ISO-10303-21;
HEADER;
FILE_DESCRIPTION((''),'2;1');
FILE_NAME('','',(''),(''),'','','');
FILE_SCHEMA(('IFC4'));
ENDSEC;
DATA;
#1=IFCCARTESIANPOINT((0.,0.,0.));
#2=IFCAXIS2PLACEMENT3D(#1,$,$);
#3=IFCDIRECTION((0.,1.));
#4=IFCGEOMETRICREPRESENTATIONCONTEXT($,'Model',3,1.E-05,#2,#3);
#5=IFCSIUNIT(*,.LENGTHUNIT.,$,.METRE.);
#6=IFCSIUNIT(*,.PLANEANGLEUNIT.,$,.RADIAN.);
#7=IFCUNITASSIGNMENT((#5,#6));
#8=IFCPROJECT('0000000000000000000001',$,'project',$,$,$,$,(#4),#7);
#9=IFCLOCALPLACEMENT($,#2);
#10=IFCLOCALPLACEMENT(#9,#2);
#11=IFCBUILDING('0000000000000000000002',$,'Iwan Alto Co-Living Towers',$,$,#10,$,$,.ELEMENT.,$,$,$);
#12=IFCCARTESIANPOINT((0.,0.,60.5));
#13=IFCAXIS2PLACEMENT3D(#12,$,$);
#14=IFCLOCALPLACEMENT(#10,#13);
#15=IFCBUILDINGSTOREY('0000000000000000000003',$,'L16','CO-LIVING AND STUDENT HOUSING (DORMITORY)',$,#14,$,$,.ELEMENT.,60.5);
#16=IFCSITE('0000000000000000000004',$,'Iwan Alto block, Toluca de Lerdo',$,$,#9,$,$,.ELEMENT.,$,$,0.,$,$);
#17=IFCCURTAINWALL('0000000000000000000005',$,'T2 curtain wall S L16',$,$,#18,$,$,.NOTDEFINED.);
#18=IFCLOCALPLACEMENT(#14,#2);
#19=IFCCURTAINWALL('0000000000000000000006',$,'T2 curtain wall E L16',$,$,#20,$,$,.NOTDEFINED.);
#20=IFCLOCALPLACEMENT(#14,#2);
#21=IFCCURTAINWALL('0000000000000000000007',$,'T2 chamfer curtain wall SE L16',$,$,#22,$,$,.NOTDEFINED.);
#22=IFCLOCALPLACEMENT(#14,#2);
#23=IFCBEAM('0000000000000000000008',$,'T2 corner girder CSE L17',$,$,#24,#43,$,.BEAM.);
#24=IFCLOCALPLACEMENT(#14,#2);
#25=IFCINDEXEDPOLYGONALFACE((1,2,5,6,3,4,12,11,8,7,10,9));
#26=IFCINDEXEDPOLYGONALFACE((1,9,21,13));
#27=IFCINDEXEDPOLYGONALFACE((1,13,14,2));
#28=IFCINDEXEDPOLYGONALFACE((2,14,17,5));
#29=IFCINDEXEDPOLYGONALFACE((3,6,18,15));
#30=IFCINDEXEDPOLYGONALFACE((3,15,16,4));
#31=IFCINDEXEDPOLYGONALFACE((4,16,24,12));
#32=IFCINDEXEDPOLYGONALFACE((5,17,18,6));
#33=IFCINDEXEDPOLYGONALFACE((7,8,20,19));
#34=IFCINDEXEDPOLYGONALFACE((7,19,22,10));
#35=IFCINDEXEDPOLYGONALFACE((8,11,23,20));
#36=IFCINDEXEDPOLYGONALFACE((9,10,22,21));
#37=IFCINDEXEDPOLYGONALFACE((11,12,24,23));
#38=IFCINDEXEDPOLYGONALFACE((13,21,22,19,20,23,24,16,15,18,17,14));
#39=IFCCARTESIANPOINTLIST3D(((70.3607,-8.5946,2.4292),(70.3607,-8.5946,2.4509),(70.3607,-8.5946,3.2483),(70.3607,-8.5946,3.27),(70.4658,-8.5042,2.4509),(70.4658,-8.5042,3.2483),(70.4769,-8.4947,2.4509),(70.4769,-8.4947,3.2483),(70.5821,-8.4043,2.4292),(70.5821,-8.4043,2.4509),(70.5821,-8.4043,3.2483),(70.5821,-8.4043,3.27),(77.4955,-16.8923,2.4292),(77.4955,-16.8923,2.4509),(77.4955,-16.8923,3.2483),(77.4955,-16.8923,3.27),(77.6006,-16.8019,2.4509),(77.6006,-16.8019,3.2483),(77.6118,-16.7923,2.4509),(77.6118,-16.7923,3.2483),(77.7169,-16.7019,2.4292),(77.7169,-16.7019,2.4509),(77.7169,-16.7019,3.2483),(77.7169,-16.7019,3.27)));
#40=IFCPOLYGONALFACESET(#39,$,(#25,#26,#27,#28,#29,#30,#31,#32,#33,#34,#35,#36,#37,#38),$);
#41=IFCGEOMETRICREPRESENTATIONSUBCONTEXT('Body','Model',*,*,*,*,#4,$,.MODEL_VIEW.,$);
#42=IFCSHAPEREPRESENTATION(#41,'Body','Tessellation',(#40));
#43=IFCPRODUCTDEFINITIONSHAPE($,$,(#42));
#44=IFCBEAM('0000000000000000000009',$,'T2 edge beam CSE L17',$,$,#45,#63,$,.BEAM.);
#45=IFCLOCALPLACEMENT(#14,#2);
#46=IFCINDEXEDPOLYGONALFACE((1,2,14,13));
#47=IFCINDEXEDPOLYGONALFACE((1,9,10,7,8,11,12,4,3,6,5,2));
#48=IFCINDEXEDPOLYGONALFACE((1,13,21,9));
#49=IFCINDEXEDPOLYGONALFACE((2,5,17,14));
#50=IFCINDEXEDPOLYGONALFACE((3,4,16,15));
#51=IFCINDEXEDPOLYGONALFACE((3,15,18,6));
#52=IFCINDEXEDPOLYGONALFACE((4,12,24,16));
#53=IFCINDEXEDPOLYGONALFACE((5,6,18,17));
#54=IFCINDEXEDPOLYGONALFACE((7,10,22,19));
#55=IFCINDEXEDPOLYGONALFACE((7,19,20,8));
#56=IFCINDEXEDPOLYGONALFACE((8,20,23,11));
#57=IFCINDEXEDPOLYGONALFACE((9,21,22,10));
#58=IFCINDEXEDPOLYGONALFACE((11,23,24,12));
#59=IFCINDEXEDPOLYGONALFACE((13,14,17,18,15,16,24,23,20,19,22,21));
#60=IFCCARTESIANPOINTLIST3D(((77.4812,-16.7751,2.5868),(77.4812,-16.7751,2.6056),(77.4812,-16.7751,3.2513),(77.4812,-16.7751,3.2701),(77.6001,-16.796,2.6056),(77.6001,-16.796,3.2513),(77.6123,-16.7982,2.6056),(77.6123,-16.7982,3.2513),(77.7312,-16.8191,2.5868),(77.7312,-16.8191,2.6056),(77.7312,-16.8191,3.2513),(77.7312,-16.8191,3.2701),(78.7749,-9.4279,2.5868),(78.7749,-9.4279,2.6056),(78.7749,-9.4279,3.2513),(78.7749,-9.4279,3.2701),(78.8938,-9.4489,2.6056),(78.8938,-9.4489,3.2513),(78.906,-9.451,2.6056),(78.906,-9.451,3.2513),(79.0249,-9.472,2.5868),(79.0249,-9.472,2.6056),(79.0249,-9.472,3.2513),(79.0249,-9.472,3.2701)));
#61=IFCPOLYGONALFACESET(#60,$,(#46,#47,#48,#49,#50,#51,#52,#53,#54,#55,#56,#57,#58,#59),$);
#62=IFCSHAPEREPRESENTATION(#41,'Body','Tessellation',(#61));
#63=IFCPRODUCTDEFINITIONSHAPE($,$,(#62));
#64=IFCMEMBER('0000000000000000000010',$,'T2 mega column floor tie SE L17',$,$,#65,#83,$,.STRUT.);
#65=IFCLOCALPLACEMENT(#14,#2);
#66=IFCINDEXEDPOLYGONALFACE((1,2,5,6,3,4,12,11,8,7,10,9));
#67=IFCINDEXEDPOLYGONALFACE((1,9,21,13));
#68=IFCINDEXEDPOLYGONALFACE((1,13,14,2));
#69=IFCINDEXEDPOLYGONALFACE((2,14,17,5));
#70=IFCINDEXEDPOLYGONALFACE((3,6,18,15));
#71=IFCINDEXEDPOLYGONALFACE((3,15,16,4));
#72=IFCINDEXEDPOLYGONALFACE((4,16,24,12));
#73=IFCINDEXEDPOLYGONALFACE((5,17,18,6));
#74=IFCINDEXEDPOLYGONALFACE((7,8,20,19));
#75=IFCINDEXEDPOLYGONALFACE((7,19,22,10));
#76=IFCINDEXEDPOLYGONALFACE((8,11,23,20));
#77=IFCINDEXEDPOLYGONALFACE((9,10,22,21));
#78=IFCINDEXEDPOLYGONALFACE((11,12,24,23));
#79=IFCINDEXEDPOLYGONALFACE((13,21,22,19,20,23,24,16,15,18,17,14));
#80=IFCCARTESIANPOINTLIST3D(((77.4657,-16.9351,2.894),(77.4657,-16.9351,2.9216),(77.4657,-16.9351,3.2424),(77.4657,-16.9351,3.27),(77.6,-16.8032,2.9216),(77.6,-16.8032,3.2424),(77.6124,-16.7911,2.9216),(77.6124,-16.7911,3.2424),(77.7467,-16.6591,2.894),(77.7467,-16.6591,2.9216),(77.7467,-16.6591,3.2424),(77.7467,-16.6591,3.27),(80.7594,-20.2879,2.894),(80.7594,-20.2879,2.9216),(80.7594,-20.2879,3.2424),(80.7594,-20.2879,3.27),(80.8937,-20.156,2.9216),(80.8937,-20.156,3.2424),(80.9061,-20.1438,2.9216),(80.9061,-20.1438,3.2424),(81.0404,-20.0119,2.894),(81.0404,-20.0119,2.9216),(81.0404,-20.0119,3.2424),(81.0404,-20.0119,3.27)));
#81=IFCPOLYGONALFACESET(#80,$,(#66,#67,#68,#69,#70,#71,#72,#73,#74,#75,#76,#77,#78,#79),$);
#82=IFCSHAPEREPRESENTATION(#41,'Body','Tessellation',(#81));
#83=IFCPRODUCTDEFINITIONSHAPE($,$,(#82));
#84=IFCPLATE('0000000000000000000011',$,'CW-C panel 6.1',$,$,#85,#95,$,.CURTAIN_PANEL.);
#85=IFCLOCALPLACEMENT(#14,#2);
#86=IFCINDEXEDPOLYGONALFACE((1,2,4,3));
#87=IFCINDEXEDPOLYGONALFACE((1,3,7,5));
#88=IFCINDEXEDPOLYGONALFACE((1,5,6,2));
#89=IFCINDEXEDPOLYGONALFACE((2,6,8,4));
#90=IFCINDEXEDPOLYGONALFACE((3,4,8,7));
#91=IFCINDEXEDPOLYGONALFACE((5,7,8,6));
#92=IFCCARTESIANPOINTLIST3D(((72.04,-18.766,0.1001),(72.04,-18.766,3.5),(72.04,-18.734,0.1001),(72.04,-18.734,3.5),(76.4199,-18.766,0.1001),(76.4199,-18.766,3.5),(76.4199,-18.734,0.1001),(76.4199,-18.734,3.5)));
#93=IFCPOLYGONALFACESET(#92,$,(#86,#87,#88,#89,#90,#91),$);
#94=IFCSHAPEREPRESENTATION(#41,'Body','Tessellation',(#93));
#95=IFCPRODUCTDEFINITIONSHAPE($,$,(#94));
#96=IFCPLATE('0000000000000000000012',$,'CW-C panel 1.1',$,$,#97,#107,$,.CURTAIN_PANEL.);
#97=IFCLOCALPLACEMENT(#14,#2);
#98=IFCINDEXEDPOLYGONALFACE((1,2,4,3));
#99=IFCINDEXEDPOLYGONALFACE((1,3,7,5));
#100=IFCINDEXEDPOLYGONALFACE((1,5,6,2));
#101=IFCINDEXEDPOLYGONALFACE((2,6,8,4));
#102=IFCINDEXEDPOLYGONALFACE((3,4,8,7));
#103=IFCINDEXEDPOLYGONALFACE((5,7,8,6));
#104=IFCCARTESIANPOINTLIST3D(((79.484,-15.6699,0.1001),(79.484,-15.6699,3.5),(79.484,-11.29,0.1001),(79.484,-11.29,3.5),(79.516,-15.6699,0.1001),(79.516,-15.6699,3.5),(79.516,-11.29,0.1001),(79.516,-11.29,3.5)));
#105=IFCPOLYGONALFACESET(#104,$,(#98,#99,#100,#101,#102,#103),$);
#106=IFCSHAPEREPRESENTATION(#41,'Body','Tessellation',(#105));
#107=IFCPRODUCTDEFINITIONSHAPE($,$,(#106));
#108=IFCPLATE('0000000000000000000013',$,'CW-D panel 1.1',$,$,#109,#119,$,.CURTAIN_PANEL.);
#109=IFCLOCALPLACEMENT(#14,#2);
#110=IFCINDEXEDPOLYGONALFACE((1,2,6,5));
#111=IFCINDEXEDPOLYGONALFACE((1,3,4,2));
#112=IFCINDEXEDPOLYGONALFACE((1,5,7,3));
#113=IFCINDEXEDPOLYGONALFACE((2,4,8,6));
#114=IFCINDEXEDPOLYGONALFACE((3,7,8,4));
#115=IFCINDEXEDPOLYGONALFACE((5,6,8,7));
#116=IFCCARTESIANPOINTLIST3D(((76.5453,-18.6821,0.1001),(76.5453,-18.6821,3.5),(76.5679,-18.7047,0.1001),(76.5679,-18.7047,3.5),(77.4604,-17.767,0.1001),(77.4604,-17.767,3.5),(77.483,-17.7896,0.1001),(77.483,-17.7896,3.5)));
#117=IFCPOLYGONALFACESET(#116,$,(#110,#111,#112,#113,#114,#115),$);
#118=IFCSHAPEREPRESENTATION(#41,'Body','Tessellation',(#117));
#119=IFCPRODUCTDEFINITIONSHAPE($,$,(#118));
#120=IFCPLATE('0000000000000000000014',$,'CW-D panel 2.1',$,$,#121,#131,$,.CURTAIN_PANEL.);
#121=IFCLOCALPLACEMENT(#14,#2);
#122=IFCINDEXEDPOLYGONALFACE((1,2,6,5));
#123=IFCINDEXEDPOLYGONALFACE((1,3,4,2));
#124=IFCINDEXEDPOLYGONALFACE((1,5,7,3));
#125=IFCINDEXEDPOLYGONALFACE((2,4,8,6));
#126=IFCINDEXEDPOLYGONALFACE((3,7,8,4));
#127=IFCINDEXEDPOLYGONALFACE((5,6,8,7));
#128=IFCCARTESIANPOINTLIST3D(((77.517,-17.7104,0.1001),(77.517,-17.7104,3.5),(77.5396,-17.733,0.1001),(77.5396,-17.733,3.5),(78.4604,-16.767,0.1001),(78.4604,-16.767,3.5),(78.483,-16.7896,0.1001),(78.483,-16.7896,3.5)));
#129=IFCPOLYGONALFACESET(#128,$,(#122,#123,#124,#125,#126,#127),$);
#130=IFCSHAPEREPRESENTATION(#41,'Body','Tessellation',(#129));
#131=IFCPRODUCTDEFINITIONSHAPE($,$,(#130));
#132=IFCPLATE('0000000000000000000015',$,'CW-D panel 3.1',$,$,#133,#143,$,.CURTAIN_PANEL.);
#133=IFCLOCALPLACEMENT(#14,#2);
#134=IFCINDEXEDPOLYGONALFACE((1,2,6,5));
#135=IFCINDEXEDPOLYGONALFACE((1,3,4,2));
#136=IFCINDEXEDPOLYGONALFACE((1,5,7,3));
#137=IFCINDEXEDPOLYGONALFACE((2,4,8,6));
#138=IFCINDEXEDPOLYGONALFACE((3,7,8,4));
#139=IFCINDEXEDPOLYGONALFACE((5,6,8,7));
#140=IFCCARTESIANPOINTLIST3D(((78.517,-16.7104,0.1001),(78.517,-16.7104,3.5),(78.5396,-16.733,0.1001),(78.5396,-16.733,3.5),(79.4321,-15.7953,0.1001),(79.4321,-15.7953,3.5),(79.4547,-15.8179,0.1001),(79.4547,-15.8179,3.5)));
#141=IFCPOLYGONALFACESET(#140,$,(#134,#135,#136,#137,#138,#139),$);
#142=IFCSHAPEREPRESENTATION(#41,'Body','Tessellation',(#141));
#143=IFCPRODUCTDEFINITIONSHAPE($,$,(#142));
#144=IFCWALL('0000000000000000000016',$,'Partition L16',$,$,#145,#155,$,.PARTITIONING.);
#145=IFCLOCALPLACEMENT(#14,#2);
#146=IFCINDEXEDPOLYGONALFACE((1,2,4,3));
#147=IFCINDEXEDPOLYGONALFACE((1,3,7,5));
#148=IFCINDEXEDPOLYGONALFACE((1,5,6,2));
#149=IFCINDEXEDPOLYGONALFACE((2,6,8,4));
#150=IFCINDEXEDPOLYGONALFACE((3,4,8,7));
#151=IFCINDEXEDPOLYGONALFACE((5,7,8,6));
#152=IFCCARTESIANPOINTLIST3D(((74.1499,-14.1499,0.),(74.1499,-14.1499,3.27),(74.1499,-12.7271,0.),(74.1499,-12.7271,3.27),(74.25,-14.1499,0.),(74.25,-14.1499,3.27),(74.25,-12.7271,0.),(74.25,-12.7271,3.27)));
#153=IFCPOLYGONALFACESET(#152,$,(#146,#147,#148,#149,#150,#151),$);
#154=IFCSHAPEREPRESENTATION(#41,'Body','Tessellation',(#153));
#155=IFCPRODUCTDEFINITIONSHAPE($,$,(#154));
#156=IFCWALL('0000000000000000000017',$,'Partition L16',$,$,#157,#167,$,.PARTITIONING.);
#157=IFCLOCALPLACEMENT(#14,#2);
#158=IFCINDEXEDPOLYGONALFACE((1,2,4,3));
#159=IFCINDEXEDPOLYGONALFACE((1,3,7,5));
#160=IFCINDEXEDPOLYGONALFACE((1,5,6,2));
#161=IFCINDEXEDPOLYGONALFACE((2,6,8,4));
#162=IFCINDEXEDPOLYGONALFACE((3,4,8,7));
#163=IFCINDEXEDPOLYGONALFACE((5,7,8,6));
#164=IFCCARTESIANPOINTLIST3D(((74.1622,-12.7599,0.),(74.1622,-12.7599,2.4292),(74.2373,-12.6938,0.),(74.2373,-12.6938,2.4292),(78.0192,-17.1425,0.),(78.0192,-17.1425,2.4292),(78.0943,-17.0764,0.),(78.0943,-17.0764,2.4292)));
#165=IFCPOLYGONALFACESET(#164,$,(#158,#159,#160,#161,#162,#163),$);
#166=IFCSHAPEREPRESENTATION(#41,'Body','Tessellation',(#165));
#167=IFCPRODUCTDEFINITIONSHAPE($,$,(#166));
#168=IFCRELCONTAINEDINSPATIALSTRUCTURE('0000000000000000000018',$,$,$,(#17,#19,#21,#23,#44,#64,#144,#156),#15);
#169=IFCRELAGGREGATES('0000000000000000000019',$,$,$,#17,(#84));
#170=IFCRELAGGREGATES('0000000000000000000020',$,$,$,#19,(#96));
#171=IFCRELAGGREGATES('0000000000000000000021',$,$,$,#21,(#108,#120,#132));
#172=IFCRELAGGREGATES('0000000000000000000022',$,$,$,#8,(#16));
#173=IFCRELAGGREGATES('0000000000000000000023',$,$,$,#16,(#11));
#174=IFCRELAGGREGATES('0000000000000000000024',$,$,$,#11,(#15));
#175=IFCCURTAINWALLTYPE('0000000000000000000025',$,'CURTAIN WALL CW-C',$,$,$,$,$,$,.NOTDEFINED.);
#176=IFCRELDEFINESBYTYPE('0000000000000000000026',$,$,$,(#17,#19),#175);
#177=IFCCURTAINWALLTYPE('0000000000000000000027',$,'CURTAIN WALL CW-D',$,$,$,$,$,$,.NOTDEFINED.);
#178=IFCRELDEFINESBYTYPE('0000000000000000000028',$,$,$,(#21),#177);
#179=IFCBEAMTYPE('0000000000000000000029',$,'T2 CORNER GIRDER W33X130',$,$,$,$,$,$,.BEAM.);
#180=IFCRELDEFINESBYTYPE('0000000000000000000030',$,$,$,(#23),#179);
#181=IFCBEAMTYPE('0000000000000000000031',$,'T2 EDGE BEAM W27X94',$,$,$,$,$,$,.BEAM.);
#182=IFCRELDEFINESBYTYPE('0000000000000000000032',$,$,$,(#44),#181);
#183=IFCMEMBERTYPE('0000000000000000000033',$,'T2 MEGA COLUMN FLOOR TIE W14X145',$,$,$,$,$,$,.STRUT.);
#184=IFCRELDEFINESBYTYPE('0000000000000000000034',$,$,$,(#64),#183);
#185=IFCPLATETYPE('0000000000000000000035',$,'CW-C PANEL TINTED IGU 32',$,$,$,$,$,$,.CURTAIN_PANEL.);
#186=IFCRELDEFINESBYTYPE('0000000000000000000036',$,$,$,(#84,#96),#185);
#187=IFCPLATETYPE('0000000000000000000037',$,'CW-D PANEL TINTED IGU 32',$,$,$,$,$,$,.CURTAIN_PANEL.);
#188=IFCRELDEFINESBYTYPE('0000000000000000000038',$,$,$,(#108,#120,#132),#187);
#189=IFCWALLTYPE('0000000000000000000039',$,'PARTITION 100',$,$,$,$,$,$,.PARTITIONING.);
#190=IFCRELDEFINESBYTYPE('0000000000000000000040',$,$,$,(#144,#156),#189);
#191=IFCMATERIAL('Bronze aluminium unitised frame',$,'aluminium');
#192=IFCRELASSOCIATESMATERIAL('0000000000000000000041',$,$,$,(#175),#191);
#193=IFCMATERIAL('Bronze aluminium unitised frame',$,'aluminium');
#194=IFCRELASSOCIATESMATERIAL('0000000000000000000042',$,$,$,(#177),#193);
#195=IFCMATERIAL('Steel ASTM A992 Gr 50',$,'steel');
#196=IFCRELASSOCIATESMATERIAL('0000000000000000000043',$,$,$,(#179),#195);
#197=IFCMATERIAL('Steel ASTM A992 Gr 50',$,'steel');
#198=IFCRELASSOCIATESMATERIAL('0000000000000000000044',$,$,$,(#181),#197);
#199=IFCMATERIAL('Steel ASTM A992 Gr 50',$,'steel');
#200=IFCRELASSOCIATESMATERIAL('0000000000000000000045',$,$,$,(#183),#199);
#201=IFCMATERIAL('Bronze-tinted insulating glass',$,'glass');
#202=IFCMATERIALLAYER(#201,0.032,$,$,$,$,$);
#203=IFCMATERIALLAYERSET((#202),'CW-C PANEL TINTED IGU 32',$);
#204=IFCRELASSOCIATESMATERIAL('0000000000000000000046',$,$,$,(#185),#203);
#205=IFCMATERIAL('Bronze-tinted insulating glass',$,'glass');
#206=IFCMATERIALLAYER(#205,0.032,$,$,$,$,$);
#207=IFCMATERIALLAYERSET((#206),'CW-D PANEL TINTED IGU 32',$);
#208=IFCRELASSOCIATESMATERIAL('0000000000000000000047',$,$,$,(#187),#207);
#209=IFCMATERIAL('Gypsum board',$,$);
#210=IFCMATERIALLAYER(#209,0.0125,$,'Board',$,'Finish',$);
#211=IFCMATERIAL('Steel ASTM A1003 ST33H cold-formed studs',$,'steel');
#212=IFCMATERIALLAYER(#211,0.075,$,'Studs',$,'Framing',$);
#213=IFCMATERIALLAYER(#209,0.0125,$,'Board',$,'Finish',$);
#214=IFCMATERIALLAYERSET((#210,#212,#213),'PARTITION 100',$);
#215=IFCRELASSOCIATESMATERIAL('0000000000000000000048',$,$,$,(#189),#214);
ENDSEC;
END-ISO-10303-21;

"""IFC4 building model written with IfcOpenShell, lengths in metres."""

from ifc_helpers import new_model, si_unit, direction, frame, frame_2d, origin, origin_2d, place, context, subcontext, project, spatial, rectangle, i_section, extrude, material, layer, layer_set, material_profile, profile_set, type_object, element, aggregate, save


model = new_model("IFC4")

# Units and contexts
model_context = context("Model", 3, precision=1e-05, world=origin(), true_north=direction((0.0, 1.0)))
body_context = subcontext(model_context, "Body", "Model", "MODEL_VIEW")
ifc_project = project(units=[si_unit("LENGTHUNIT", "METRE"), si_unit("PLANEANGLEUNIT", "RADIAN")], contexts=[model_context])

# Site, building, storey
site_placement = place(None, origin())
site = spatial("IfcSite", under=ifc_project, at=site_placement, Name="Iwan Alto block, Toluca de Lerdo", CompositionType="ELEMENT", RefElevation=0.0)
building_placement = place(site_placement, origin())
building = spatial("IfcBuilding", under=site, at=building_placement, Name="Iwan Alto Co-Living Towers", CompositionType="ELEMENT")
storey_placement = place(building_placement, frame((0.0, 0.0, 60.5)))
storey = spatial("IfcBuildingStorey", under=building, at=storey_placement, Name="L16", Description="CO-LIVING AND STUDENT HOUSING (DORMITORY)", CompositionType="ELEMENT", Elevation=60.5)

# Curtain wall
ifc_material_1 = material(Name="Bronze aluminium unitised frame", Category="aluminium")
curtain_wall_type_1 = type_object("IfcCurtainWallType", Name="CURTAIN WALL CW-C", PredefinedType="NOTDEFINED", material=ifc_material_1)
curtain_wall_1_placement = place(storey_placement, origin())
curtain_wall_1 = element("IfcCurtainWall", 1, at=curtain_wall_1_placement, inside=storey, type_object=curtain_wall_type_1, Name="T2 curtain wall S L16", PredefinedType="NOTDEFINED")

# Curtain walls
curtain_wall_2_placement = place(storey_placement, origin())
curtain_wall_2 = element("IfcCurtainWall", 2, at=curtain_wall_2_placement, inside=storey, type_object=curtain_wall_type_1, Name="T2 curtain wall E L16", PredefinedType="NOTDEFINED")
ifc_material_2 = material(Name="Bronze aluminium unitised frame", Category="aluminium")
curtain_wall_type_2 = type_object("IfcCurtainWallType", Name="CURTAIN WALL CW-D", PredefinedType="NOTDEFINED", material=ifc_material_2)
curtain_wall_3_placement = place(storey_placement, origin())
curtain_wall_3 = element("IfcCurtainWall", 3, at=curtain_wall_3_placement, inside=storey, type_object=curtain_wall_type_2, Name="T2 chamfer curtain wall SE L16", PredefinedType="NOTDEFINED")

# Beams
ifc_material_3 = material(Name="Steel ASTM A992 Gr 50", Category="steel")
ifc_material_profile_1 = material_profile(ifc_material_3, i_section(OverallWidth=0.292, OverallDepth=0.8408, WebThickness=0.0146, FlangeThickness=0.0217, at=origin_2d()), Name="W33X130")
ifc_profile_set_1 = profile_set([ifc_material_profile_1], Name="Steel ASTM A992 Gr 50")
beam_type_1 = type_object("IfcBeamType", Name="T2 CORNER GIRDER W33X130", PredefinedType="BEAM", material=ifc_profile_set_1)
beam_1_placement = place(storey_placement, frame((77.6062, -16.7971, 2.8496), z_axis=(-0.651977, 0.758238, 0.0), x_axis=(-0.758238, -0.651977, 0.0)))
element("IfcBeam", 4, at=beam_1_placement, inside=storey, type_object=beam_type_1, Name="T2 corner girder CSE L17", PredefinedType="BEAM", context=body_context, shape_type="SweptSolid", body=[
    extrude(i_section(OverallWidth=0.292, OverallDepth=0.8408, WebThickness=0.0146, FlangeThickness=0.0217, at=origin_2d()), origin(), (0.0, 0.0, 1.0), 10.9434),
])
ifc_material_4 = material(Name="Steel ASTM A992 Gr 50", Category="steel")
ifc_material_profile_2 = material_profile(ifc_material_4, i_section(OverallWidth=0.2539, OverallDepth=0.6833, WebThickness=0.0125, FlangeThickness=0.0188, at=origin_2d()), Name="W27X94")
ifc_profile_set_2 = profile_set([ifc_material_profile_2], Name="Steel ASTM A992 Gr 50")
beam_type_2 = type_object("IfcBeamType", Name="T2 EDGE BEAM W27X94", PredefinedType="BEAM", material=ifc_profile_set_2)
beam_2_placement = place(storey_placement, frame((77.6062, -16.7971, 2.9285), z_axis=(0.173414, 0.984849, 0.0), x_axis=(-0.984849, 0.173414, 0.0)))
element("IfcBeam", 5, at=beam_2_placement, inside=storey, type_object=beam_type_2, Name="T2 edge beam CSE L17", PredefinedType="BEAM", context=body_context, shape_type="SweptSolid", body=[
    extrude(i_section(OverallWidth=0.2539, OverallDepth=0.6833, WebThickness=0.0125, FlangeThickness=0.0188, at=origin_2d()), origin(), (0.0, 0.0, 1.0), 7.4602),
])

# Member
ifc_material_5 = material(Name="Steel ASTM A992 Gr 50", Category="steel")
ifc_material_profile_3 = material_profile(ifc_material_5, i_section(OverallWidth=0.3938, OverallDepth=0.376, WebThickness=0.0173, FlangeThickness=0.0276, at=origin_2d()), Name="W14X145")
ifc_profile_set_3 = profile_set([ifc_material_profile_3], Name="Steel ASTM A992 Gr 50")
member_type_1 = type_object("IfcMemberType", Name="T2 MEGA COLUMN FLOOR TIE W14X145", PredefinedType="STRUT", material=ifc_profile_set_3)
member_1_placement = place(storey_placement, frame((80.8999, -20.1499, 3.082), z_axis=(-0.700793, 0.713364, 0.0), x_axis=(-0.713364, -0.700793, 0.0)))
element("IfcMember", 6, at=member_1_placement, inside=storey, type_object=member_type_1, Name="T2 mega column floor tie SE L17", PredefinedType="STRUT", context=body_context, shape_type="SweptSolid", body=[
    extrude(i_section(OverallWidth=0.3938, OverallDepth=0.376, WebThickness=0.0173, FlangeThickness=0.0276, at=origin_2d()), origin(), (0.0, 0.0, 1.0), 4.7),
])

# Plates
ifc_material_6 = material(Name="Bronze-tinted insulating glass", Category="glass")
ifc_layer_1 = layer(ifc_material_6, 0.032)
ifc_layer_set_1 = layer_set([ifc_layer_1], Name="CW-C PANEL TINTED IGU 32")
plate_type_1 = type_object("IfcPlateType", Name="CW-C PANEL TINTED IGU 32", PredefinedType="CURTAIN_PANEL", material=ifc_layer_set_1)
plate_1_placement = place(storey_placement, frame((74.23, -18.75, 0.1001), z_axis=(0.0, 0.0, 1.0), x_axis=(1.0, 0.0, 0.0)))
plate_1 = element("IfcPlate", 7, at=plate_1_placement, type_object=plate_type_1, Name="CW-C panel 6.1", PredefinedType="CURTAIN_PANEL", context=body_context, shape_type="SweptSolid", body=[
    extrude(rectangle(XDim=4.3799, YDim=0.032, at=origin_2d()), origin(), (0.0, 0.0, 1.0), 3.3999),
])
aggregate(curtain_wall_1, [plate_1])
plate_2_placement = place(storey_placement, frame((79.5, -13.48, 0.1001), z_axis=(0.0, 0.0, 1.0), x_axis=(0.0, 1.0, 0.0)))
plate_2 = element("IfcPlate", 8, at=plate_2_placement, type_object=plate_type_1, Name="CW-C panel 1.1", PredefinedType="CURTAIN_PANEL", context=body_context, shape_type="SweptSolid", body=[
    extrude(rectangle(XDim=4.3799, YDim=0.032, at=origin_2d()), origin(), (0.0, 0.0, 1.0), 3.3999),
])
aggregate(curtain_wall_2, [plate_2])
ifc_material_7 = material(Name="Bronze-tinted insulating glass", Category="glass")
ifc_layer_2 = layer(ifc_material_7, 0.032)
ifc_layer_set_2 = layer_set([ifc_layer_2], Name="CW-D PANEL TINTED IGU 32")
plate_type_2 = type_object("IfcPlateType", Name="CW-D PANEL TINTED IGU 32", PredefinedType="CURTAIN_PANEL", material=ifc_layer_set_2)
plate_3_placement = place(storey_placement, frame((77.0142, -18.2358, 0.1001), z_axis=(0.0, 0.0, 1.0), x_axis=(0.707107, 0.707107, 0.0)))
plate_3 = element("IfcPlate", 9, at=plate_3_placement, type_object=plate_type_2, Name="CW-D panel 1.1", PredefinedType="CURTAIN_PANEL", context=body_context, shape_type="SweptSolid", body=[
    extrude(rectangle(XDim=1.2942, YDim=0.032, at=origin_2d()), origin(), (0.0, 0.0, 1.0), 3.3999),
])
plate_4_placement = place(storey_placement, frame((78.0, -17.25, 0.1001), z_axis=(0.0, 0.0, 1.0), x_axis=(0.707107, 0.707107, 0.0)))
plate_4 = element("IfcPlate", 10, at=plate_4_placement, type_object=plate_type_2, Name="CW-D panel 2.1", PredefinedType="CURTAIN_PANEL", context=body_context, shape_type="SweptSolid", body=[
    extrude(rectangle(XDim=1.3342, YDim=0.032, at=origin_2d()), origin(), (0.0, 0.0, 1.0), 3.3999),
])
plate_5_placement = place(storey_placement, frame((78.9858, -16.2642, 0.1001), z_axis=(0.0, 0.0, 1.0), x_axis=(0.707107, 0.707107, 0.0)))
plate_5 = element("IfcPlate", 11, at=plate_5_placement, type_object=plate_type_2, Name="CW-D panel 3.1", PredefinedType="CURTAIN_PANEL", context=body_context, shape_type="SweptSolid", body=[
    extrude(rectangle(XDim=1.2942, YDim=0.032, at=origin_2d()), origin(), (0.0, 0.0, 1.0), 3.3999),
])
aggregate(curtain_wall_3, [plate_3, plate_4, plate_5])

# Walls
ifc_material_8 = material(Name="Gypsum board")
ifc_layer_3 = layer(ifc_material_8, 0.0125, Name="Board", Category="Finish")
ifc_material_9 = material(Name="Steel ASTM A1003 ST33H cold-formed studs", Category="steel")
ifc_layer_4 = layer(ifc_material_9, 0.075, Name="Studs", Category="Framing")
ifc_layer_5 = layer(ifc_material_8, 0.0125, Name="Board", Category="Finish")
ifc_layer_set_3 = layer_set([ifc_layer_3, ifc_layer_4, ifc_layer_5], Name="PARTITION 100")
wall_type = type_object("IfcWallType", Name="PARTITION 100", PredefinedType="PARTITIONING", material=ifc_layer_set_3)
wall_1_placement = place(storey_placement, frame((74.2, -14.1499, 0.0), z_axis=(0.0, 0.0, 1.0), x_axis=(0.0, 1.0, 0.0)))
element("IfcWall", 12, at=wall_1_placement, inside=storey, type_object=wall_type, Name="Partition L16", PredefinedType="PARTITIONING", context=body_context, shape_type="SweptSolid", body=[
    extrude(rectangle(XDim=1.4229, YDim=0.1001, at=frame_2d((0.7114, 0.0))), origin(), (0.0, 0.0, 1.0), 3.27),
])
wall_2_placement = place(storey_placement, frame((78.0566, -17.1094, 0.0), z_axis=(0.0, 0.0, 1.0), x_axis=(-0.660654, 0.75069, 0.0)))
element("IfcWall", 13, at=wall_2_placement, inside=storey, type_object=wall_type, Name="Partition L16", PredefinedType="PARTITIONING", context=body_context, shape_type="SweptSolid", body=[
    extrude(rectangle(XDim=5.8381, YDim=0.1001, at=frame_2d((2.9189, 0.0))), origin(), (0.0, 0.0, 1.0), 2.4292),
])

save(model, "model.ifc")
